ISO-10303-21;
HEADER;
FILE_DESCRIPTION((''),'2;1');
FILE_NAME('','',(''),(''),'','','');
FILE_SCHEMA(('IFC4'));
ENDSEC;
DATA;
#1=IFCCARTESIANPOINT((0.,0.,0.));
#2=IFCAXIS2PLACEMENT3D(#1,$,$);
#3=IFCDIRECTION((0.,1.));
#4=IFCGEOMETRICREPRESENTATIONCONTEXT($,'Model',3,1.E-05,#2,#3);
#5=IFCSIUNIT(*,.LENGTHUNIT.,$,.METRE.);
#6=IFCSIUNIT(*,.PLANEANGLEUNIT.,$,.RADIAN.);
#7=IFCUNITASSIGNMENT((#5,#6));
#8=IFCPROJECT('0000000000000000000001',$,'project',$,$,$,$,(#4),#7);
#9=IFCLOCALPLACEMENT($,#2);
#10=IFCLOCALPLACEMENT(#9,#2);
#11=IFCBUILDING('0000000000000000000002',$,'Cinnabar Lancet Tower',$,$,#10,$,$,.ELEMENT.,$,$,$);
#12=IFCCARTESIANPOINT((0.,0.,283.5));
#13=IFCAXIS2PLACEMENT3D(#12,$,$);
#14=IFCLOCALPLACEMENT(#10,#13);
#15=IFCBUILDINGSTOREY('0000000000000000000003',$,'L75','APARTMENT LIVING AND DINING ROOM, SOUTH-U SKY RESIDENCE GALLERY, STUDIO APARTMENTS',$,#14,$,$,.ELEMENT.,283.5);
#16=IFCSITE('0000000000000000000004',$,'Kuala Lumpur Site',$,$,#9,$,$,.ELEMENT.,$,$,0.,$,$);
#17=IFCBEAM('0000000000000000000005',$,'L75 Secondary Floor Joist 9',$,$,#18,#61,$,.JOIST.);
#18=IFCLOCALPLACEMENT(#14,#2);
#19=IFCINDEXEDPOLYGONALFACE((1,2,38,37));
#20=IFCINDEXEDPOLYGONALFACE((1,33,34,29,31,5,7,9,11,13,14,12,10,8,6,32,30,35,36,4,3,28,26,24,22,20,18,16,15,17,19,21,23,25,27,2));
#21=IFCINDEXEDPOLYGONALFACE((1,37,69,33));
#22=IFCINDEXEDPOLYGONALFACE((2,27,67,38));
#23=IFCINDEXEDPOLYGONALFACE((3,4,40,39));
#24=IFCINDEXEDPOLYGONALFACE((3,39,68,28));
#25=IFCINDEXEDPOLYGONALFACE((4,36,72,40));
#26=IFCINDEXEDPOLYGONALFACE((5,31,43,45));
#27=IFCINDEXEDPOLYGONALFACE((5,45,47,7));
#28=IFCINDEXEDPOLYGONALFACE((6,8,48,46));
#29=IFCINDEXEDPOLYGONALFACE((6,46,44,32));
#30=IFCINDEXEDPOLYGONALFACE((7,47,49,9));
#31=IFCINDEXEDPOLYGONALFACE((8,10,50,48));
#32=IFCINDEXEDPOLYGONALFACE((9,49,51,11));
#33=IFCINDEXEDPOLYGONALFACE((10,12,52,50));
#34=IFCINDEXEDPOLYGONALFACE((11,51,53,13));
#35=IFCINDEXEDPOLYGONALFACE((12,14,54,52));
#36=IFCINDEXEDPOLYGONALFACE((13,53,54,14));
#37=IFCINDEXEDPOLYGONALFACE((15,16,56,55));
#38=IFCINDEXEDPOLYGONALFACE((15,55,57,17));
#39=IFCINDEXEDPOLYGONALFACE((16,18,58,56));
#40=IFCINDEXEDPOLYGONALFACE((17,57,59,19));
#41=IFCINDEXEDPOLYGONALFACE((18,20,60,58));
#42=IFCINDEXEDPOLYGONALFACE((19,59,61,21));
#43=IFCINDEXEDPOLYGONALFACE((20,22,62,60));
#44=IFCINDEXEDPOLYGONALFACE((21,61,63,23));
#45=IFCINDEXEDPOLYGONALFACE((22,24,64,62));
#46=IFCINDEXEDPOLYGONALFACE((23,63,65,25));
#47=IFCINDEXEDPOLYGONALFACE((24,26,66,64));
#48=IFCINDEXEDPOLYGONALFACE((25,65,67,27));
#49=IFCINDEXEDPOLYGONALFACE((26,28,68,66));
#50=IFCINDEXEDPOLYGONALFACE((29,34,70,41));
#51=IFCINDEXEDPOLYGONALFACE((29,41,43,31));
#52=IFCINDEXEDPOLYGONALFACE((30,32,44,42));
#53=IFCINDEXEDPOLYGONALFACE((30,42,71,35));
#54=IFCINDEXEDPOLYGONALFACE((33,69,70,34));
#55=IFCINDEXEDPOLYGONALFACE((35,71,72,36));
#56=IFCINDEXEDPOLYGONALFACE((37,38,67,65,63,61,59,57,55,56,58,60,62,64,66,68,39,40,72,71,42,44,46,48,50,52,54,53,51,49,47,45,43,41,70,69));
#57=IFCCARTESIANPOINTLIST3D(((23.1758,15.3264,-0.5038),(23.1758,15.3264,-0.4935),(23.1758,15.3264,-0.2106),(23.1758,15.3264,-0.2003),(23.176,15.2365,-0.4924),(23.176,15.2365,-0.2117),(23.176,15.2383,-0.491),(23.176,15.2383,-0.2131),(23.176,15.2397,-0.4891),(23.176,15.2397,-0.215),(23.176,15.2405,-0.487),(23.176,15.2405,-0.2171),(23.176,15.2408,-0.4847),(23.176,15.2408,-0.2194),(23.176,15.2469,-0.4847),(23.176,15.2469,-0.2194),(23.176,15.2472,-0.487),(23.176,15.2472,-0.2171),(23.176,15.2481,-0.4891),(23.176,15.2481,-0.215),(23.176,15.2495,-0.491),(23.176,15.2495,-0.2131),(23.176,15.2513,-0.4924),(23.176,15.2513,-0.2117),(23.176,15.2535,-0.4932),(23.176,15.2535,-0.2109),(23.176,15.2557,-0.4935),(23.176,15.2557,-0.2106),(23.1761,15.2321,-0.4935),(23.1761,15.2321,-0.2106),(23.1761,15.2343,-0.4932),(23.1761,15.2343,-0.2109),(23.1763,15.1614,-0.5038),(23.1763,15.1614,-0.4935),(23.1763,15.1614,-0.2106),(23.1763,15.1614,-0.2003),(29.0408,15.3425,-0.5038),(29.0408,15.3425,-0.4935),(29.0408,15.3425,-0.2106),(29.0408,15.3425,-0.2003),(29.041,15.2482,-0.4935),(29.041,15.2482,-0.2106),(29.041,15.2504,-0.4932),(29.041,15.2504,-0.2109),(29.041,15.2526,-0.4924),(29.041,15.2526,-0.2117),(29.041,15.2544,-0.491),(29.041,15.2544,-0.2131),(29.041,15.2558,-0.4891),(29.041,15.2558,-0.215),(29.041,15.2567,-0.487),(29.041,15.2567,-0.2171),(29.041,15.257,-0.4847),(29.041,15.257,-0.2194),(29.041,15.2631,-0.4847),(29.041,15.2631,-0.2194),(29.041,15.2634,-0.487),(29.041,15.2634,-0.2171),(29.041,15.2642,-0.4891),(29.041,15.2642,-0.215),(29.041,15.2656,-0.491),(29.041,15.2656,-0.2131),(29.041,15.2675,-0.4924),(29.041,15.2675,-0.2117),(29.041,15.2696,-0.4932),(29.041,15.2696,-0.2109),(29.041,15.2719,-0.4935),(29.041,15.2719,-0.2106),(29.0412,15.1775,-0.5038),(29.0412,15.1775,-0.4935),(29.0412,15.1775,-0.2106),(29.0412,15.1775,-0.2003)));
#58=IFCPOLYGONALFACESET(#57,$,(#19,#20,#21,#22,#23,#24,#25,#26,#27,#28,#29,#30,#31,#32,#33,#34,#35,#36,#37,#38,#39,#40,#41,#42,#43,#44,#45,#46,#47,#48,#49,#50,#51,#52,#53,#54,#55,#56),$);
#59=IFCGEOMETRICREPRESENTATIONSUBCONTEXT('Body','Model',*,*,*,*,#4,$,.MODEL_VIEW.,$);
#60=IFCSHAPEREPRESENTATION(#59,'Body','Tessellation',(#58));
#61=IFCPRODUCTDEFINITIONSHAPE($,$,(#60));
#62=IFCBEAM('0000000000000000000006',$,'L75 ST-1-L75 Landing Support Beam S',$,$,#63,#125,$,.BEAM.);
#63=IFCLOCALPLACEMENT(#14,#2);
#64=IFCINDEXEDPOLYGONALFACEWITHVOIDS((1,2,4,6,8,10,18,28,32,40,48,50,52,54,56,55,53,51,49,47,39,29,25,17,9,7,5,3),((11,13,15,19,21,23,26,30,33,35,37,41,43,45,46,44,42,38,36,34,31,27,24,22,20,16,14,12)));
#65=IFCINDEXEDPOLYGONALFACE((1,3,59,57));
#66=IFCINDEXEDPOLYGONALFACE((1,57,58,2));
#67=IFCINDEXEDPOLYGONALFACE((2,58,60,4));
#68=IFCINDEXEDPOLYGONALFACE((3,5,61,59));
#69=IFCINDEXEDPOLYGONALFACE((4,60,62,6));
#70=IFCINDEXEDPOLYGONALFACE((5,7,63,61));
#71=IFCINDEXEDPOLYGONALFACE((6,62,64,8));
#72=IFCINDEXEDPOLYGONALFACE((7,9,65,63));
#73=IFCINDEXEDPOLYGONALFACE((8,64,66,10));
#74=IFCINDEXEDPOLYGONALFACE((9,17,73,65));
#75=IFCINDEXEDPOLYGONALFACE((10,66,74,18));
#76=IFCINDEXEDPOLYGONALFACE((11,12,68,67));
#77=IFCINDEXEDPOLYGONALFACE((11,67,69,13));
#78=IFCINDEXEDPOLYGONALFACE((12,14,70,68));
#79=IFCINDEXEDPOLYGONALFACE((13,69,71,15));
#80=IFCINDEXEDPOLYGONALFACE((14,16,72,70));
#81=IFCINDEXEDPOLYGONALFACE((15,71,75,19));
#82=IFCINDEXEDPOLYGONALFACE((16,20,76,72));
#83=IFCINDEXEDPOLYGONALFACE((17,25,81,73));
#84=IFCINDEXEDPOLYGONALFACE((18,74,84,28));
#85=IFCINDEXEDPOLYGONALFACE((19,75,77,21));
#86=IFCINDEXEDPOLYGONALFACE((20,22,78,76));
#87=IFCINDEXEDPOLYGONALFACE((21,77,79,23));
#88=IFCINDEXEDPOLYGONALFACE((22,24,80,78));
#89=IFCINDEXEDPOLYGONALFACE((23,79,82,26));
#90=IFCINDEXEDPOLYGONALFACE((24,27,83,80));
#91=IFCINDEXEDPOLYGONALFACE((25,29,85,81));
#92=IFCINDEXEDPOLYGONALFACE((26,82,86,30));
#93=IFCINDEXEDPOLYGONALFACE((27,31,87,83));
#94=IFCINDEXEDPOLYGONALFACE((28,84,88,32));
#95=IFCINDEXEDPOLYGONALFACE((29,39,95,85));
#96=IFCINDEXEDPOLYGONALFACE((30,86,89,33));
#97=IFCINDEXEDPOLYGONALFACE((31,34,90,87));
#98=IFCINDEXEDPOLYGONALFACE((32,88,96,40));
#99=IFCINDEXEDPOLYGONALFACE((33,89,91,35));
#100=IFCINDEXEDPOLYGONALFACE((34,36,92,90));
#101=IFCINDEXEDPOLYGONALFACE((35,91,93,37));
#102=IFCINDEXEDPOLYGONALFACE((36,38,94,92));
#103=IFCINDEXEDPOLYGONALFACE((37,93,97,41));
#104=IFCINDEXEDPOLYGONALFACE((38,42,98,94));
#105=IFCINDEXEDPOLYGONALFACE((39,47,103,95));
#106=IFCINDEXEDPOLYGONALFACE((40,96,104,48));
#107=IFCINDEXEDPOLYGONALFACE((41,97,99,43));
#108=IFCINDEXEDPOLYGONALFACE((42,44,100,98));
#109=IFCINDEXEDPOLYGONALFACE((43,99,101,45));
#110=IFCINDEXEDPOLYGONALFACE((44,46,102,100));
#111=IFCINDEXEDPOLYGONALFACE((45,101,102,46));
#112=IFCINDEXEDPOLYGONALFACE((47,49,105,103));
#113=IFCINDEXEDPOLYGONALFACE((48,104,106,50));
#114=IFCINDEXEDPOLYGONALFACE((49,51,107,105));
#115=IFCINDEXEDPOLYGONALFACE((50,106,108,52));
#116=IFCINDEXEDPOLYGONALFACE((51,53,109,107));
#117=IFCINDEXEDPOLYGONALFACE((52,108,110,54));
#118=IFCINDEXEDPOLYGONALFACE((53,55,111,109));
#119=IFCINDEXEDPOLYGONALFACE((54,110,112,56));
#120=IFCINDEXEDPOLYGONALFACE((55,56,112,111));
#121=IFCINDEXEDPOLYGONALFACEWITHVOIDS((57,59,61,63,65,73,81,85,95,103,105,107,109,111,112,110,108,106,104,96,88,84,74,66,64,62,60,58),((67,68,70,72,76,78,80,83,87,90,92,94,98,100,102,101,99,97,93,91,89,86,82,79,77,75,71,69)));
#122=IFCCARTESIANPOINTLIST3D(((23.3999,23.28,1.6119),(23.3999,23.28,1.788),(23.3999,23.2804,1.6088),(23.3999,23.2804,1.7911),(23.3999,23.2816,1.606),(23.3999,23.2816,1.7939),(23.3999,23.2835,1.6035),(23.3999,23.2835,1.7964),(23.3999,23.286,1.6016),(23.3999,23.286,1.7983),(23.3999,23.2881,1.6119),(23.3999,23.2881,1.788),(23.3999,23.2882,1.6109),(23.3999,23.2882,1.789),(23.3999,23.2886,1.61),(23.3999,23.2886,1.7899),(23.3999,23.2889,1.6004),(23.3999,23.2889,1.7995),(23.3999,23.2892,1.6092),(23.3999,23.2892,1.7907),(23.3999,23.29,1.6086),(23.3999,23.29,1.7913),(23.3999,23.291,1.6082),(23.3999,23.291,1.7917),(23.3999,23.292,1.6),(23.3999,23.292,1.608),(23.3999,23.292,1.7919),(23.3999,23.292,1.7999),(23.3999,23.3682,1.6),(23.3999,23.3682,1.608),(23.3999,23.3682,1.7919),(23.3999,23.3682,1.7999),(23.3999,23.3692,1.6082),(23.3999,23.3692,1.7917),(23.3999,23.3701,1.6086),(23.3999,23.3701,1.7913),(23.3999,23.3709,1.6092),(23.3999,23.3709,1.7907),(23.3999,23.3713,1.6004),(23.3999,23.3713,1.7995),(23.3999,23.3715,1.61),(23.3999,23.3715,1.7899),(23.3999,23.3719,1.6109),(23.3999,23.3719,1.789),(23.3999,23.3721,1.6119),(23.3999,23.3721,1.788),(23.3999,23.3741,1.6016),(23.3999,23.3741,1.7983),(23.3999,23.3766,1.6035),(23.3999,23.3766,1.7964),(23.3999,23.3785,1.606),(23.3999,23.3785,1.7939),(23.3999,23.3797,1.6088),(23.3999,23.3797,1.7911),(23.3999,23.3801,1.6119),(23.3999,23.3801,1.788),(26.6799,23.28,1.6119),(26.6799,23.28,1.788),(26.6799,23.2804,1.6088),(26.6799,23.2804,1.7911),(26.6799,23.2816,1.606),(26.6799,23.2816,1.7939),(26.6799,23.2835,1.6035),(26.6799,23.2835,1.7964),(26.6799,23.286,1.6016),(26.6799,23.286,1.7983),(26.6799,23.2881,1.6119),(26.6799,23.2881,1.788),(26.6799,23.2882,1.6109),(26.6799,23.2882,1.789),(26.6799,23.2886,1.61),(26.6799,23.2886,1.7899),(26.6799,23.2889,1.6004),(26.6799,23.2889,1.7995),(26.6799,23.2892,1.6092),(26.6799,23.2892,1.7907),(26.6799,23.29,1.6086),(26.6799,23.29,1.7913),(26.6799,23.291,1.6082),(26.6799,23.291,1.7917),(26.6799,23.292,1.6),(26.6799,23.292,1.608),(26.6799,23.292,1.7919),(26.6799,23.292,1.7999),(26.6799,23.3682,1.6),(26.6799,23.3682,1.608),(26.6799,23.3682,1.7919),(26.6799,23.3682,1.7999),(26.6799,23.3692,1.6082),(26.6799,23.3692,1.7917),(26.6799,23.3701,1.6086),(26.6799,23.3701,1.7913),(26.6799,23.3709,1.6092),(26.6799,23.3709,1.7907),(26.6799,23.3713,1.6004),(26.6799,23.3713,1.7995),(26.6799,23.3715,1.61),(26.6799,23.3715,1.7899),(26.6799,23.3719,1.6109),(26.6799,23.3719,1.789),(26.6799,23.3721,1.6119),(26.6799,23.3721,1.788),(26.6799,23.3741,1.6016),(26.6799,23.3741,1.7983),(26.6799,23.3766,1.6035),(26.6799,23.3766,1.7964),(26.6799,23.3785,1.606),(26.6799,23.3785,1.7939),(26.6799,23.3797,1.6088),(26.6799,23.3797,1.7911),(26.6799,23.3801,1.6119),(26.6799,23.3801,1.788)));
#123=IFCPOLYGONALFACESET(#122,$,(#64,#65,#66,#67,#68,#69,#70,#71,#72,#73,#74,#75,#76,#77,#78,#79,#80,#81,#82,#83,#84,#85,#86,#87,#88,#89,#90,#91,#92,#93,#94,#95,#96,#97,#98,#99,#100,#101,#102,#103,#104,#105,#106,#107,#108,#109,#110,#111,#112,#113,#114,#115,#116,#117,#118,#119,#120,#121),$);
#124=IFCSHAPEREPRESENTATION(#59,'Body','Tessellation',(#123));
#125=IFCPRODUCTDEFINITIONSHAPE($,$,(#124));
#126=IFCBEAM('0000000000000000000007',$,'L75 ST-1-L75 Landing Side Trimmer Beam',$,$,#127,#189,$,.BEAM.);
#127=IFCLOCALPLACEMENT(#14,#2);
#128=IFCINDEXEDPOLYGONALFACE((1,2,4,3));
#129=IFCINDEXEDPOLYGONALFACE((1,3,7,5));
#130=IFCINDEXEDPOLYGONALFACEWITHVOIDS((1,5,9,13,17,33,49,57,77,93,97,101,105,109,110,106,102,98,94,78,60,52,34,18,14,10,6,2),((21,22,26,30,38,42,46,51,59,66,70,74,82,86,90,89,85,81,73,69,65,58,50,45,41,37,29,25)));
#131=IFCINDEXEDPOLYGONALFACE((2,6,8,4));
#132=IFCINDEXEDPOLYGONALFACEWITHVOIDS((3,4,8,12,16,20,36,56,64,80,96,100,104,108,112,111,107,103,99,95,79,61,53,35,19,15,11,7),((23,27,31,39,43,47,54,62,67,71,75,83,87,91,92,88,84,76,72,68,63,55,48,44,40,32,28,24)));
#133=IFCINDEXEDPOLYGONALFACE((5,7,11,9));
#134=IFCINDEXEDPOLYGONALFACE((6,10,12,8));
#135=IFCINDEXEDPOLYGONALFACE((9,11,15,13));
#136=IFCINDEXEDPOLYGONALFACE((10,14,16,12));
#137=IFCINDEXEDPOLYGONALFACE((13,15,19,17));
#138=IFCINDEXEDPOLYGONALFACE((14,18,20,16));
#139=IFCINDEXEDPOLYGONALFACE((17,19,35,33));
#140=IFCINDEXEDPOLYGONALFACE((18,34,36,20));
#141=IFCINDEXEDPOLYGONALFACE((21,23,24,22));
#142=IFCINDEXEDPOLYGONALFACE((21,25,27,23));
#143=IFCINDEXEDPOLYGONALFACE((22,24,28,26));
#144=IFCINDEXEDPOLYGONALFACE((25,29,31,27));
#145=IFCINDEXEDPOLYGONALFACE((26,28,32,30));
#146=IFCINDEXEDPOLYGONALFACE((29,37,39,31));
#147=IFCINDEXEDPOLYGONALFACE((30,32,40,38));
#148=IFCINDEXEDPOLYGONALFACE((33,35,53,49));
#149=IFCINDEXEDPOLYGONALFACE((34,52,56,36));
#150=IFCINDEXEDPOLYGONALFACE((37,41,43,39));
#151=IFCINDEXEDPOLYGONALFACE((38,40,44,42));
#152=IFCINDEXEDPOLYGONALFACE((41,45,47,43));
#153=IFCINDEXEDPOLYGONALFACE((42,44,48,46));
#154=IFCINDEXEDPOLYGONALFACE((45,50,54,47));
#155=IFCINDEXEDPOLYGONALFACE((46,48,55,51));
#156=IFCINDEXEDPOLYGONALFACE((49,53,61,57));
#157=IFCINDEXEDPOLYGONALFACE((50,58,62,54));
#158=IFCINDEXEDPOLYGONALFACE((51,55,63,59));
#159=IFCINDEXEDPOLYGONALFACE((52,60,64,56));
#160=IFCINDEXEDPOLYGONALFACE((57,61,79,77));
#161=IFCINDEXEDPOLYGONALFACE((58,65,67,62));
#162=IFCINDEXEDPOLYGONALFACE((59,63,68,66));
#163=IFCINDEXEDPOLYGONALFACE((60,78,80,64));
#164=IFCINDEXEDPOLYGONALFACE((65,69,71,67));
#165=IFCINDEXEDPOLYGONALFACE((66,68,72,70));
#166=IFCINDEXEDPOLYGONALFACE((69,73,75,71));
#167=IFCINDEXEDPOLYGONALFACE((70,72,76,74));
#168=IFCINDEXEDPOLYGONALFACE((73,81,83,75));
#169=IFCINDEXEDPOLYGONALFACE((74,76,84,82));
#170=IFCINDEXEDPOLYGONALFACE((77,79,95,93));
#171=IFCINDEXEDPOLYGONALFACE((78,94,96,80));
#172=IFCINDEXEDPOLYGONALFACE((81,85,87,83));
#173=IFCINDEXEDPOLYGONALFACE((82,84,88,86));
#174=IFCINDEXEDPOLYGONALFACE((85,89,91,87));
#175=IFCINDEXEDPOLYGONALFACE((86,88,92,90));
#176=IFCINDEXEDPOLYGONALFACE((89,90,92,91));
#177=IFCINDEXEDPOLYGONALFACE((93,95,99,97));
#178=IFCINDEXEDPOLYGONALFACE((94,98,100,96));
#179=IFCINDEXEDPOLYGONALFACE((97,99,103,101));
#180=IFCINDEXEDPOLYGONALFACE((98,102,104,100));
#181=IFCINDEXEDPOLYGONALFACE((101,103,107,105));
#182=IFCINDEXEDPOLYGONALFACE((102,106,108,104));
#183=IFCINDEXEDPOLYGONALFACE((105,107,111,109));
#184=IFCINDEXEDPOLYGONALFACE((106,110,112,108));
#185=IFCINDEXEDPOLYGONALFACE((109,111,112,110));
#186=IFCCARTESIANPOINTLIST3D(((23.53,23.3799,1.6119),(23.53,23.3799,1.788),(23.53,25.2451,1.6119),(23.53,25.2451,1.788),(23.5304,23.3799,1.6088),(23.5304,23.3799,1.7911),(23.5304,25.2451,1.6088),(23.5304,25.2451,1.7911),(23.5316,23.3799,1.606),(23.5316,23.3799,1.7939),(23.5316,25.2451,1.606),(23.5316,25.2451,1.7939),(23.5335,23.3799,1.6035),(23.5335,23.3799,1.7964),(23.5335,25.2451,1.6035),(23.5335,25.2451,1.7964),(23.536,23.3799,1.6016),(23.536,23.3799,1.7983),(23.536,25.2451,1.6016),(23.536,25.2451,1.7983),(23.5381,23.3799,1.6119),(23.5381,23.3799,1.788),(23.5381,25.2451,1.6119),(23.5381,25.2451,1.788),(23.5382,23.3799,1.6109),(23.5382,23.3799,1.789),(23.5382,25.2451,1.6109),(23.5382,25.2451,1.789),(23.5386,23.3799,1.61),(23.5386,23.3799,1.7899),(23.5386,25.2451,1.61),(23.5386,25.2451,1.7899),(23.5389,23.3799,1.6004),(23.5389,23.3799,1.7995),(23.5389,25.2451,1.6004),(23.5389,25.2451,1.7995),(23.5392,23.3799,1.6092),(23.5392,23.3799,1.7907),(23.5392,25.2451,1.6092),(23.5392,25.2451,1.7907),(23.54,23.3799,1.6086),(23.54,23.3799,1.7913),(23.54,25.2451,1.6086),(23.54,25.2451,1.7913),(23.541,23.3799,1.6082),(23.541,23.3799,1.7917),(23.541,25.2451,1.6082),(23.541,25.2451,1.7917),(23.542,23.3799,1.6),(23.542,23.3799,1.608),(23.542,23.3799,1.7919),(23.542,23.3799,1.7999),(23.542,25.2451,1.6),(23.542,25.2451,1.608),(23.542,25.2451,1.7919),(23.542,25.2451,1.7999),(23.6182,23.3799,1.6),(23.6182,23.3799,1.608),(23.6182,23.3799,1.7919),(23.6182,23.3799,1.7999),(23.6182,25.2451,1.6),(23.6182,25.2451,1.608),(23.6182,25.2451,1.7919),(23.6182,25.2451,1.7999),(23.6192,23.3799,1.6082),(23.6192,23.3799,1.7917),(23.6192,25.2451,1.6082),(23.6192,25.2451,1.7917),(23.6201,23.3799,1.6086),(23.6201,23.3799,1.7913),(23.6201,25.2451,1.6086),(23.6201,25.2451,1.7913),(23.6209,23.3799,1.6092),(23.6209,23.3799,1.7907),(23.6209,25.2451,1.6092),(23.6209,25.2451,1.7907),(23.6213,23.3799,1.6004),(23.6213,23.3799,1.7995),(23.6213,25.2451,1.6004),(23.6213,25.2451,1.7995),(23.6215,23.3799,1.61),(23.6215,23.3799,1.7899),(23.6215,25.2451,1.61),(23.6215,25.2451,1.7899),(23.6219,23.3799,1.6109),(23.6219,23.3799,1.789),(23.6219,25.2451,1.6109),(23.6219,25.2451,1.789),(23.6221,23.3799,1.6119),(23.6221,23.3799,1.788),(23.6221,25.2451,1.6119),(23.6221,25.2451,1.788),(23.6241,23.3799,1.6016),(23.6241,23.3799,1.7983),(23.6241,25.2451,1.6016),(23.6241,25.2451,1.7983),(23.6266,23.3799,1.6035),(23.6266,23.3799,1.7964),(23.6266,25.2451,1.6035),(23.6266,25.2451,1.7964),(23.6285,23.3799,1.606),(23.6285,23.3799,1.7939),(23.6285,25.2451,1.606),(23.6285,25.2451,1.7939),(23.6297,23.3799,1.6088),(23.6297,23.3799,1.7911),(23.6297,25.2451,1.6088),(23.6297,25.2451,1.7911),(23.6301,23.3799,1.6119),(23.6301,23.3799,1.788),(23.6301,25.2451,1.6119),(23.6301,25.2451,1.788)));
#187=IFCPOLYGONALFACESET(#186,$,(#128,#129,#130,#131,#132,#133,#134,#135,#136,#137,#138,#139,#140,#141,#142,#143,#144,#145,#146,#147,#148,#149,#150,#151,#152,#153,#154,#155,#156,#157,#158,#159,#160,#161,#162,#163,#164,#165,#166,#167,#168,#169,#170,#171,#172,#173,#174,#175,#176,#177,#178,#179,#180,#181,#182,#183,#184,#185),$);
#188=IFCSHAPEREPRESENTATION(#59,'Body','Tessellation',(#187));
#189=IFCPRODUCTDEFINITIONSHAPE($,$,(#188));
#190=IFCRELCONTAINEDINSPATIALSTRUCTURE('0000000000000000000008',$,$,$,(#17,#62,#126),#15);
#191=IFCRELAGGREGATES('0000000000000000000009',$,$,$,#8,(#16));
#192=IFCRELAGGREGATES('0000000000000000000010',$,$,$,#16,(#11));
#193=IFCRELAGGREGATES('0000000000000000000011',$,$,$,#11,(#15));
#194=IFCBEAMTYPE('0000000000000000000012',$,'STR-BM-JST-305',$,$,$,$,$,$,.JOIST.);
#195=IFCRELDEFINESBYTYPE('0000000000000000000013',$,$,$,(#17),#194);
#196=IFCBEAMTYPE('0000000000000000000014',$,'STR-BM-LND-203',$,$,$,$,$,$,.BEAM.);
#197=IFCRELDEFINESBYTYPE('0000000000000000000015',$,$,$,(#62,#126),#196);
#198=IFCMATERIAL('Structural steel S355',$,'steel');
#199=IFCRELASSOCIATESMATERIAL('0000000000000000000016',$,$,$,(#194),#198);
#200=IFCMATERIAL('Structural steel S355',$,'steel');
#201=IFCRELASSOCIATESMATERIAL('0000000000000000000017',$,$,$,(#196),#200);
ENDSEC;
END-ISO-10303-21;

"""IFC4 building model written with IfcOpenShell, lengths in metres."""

from ifc_helpers import new_model, si_unit, direction, frame, origin, origin_2d, place, context, subcontext, project, spatial, hollow_rectangle, i_section, extrude, material, material_profile, profile_set, type_object, element, save


model = new_model("IFC4")

# Units and contexts
model_context = context("Model", 3, precision=1e-05, world=origin(), true_north=direction((0.0, 1.0)))
body_context = subcontext(model_context, "Body", "Model", "MODEL_VIEW")
ifc_project = project(units=[si_unit("LENGTHUNIT", "METRE"), si_unit("PLANEANGLEUNIT", "RADIAN")], contexts=[model_context])

# Site, building, storey
site_placement = place(None, origin())
site = spatial("IfcSite", under=ifc_project, at=site_placement, Name="Kuala Lumpur Site", CompositionType="ELEMENT", RefElevation=0.0)
building_placement = place(site_placement, origin())
building = spatial("IfcBuilding", under=site, at=building_placement, Name="Cinnabar Lancet Tower", CompositionType="ELEMENT")
storey_placement = place(building_placement, frame((0.0, 0.0, 283.5)))
storey = spatial("IfcBuildingStorey", under=building, at=storey_placement, Name="L75", Description="APARTMENT LIVING AND DINING ROOM, SOUTH-U SKY RESIDENCE GALLERY, STUDIO APARTMENTS", CompositionType="ELEMENT", Elevation=283.5)

# Beams
ifc_material_1 = material(Name="Structural steel S355", Category="steel")
ifc_material_profile_1 = material_profile(ifc_material_1, i_section(OverallWidth=0.165, OverallDepth=0.3035, WebThickness=0.0061, FlangeThickness=0.0103, FilletRadius=0.0088, at=origin_2d()), Name="UKB 305x165x40")
ifc_profile_set_1 = profile_set([ifc_material_profile_1], Name="Structural steel S355")
beam_type_1 = type_object("IfcBeamType", Name="STR-BM-JST-305", PredefinedType="JOIST", material=ifc_profile_set_1)
beam_1_placement = place(storey_placement, frame((23.176, 15.2439, -0.3521), z_axis=(0.999996, 0.002747, 0.0), x_axis=(-0.002747, 0.999996, 0.0)))
element("IfcBeam", 1, at=beam_1_placement, inside=storey, type_object=beam_type_1, Name="L75 Secondary Floor Joist 9", PredefinedType="JOIST", context=body_context, shape_type="SweptSolid", body=[
    extrude(i_section(OverallWidth=0.165, OverallDepth=0.3035, WebThickness=0.0061, FlangeThickness=0.0103, FilletRadius=0.0088, at=origin_2d()), origin(), (0.0, 0.0, 1.0), 5.865),
])
ifc_material_2 = material(Name="Structural steel S355", Category="steel")
ifc_material_profile_2 = material_profile(ifc_material_2, hollow_rectangle(XDim=0.1001, YDim=0.2, WallThickness=0.0081, InnerFilletRadius=0.0039, OuterFilletRadius=0.012, at=origin_2d()), Name="RHS 200x100x8")
ifc_profile_set_2 = profile_set([ifc_material_profile_2], Name="Structural steel S355")
beam_type_2 = type_object("IfcBeamType", Name="STR-BM-LND-203", PredefinedType="BEAM", material=ifc_profile_set_2)
beam_2_placement = place(storey_placement, frame((23.3999, 23.3301, 1.7), z_axis=(1.0, 0.0, 0.0), x_axis=(0.0, 1.0, 0.0)))
element("IfcBeam", 2, at=beam_2_placement, inside=storey, type_object=beam_type_2, Name="L75 ST-1-L75 Landing Support Beam S", PredefinedType="BEAM", context=body_context, shape_type="SweptSolid", body=[
    extrude(hollow_rectangle(XDim=0.1001, YDim=0.2, WallThickness=0.0081, InnerFilletRadius=0.0039, OuterFilletRadius=0.012, at=origin_2d()), origin(), (0.0, 0.0, 1.0), 3.28),
])
beam_3_placement = place(storey_placement, frame((23.5801, 23.3799, 1.7), z_axis=(0.0, 1.0, 0.0), x_axis=(-1.0, 0.0, 0.0)))
element("IfcBeam", 3, at=beam_3_placement, inside=storey, type_object=beam_type_2, Name="L75 ST-1-L75 Landing Side Trimmer Beam", PredefinedType="BEAM", context=body_context, shape_type="SweptSolid", body=[
    extrude(hollow_rectangle(XDim=0.1001, YDim=0.2, WallThickness=0.0081, InnerFilletRadius=0.0039, OuterFilletRadius=0.012, at=origin_2d()), origin(), (0.0, 0.0, 1.0), 1.8652),
])

save(model, "model.ifc")
